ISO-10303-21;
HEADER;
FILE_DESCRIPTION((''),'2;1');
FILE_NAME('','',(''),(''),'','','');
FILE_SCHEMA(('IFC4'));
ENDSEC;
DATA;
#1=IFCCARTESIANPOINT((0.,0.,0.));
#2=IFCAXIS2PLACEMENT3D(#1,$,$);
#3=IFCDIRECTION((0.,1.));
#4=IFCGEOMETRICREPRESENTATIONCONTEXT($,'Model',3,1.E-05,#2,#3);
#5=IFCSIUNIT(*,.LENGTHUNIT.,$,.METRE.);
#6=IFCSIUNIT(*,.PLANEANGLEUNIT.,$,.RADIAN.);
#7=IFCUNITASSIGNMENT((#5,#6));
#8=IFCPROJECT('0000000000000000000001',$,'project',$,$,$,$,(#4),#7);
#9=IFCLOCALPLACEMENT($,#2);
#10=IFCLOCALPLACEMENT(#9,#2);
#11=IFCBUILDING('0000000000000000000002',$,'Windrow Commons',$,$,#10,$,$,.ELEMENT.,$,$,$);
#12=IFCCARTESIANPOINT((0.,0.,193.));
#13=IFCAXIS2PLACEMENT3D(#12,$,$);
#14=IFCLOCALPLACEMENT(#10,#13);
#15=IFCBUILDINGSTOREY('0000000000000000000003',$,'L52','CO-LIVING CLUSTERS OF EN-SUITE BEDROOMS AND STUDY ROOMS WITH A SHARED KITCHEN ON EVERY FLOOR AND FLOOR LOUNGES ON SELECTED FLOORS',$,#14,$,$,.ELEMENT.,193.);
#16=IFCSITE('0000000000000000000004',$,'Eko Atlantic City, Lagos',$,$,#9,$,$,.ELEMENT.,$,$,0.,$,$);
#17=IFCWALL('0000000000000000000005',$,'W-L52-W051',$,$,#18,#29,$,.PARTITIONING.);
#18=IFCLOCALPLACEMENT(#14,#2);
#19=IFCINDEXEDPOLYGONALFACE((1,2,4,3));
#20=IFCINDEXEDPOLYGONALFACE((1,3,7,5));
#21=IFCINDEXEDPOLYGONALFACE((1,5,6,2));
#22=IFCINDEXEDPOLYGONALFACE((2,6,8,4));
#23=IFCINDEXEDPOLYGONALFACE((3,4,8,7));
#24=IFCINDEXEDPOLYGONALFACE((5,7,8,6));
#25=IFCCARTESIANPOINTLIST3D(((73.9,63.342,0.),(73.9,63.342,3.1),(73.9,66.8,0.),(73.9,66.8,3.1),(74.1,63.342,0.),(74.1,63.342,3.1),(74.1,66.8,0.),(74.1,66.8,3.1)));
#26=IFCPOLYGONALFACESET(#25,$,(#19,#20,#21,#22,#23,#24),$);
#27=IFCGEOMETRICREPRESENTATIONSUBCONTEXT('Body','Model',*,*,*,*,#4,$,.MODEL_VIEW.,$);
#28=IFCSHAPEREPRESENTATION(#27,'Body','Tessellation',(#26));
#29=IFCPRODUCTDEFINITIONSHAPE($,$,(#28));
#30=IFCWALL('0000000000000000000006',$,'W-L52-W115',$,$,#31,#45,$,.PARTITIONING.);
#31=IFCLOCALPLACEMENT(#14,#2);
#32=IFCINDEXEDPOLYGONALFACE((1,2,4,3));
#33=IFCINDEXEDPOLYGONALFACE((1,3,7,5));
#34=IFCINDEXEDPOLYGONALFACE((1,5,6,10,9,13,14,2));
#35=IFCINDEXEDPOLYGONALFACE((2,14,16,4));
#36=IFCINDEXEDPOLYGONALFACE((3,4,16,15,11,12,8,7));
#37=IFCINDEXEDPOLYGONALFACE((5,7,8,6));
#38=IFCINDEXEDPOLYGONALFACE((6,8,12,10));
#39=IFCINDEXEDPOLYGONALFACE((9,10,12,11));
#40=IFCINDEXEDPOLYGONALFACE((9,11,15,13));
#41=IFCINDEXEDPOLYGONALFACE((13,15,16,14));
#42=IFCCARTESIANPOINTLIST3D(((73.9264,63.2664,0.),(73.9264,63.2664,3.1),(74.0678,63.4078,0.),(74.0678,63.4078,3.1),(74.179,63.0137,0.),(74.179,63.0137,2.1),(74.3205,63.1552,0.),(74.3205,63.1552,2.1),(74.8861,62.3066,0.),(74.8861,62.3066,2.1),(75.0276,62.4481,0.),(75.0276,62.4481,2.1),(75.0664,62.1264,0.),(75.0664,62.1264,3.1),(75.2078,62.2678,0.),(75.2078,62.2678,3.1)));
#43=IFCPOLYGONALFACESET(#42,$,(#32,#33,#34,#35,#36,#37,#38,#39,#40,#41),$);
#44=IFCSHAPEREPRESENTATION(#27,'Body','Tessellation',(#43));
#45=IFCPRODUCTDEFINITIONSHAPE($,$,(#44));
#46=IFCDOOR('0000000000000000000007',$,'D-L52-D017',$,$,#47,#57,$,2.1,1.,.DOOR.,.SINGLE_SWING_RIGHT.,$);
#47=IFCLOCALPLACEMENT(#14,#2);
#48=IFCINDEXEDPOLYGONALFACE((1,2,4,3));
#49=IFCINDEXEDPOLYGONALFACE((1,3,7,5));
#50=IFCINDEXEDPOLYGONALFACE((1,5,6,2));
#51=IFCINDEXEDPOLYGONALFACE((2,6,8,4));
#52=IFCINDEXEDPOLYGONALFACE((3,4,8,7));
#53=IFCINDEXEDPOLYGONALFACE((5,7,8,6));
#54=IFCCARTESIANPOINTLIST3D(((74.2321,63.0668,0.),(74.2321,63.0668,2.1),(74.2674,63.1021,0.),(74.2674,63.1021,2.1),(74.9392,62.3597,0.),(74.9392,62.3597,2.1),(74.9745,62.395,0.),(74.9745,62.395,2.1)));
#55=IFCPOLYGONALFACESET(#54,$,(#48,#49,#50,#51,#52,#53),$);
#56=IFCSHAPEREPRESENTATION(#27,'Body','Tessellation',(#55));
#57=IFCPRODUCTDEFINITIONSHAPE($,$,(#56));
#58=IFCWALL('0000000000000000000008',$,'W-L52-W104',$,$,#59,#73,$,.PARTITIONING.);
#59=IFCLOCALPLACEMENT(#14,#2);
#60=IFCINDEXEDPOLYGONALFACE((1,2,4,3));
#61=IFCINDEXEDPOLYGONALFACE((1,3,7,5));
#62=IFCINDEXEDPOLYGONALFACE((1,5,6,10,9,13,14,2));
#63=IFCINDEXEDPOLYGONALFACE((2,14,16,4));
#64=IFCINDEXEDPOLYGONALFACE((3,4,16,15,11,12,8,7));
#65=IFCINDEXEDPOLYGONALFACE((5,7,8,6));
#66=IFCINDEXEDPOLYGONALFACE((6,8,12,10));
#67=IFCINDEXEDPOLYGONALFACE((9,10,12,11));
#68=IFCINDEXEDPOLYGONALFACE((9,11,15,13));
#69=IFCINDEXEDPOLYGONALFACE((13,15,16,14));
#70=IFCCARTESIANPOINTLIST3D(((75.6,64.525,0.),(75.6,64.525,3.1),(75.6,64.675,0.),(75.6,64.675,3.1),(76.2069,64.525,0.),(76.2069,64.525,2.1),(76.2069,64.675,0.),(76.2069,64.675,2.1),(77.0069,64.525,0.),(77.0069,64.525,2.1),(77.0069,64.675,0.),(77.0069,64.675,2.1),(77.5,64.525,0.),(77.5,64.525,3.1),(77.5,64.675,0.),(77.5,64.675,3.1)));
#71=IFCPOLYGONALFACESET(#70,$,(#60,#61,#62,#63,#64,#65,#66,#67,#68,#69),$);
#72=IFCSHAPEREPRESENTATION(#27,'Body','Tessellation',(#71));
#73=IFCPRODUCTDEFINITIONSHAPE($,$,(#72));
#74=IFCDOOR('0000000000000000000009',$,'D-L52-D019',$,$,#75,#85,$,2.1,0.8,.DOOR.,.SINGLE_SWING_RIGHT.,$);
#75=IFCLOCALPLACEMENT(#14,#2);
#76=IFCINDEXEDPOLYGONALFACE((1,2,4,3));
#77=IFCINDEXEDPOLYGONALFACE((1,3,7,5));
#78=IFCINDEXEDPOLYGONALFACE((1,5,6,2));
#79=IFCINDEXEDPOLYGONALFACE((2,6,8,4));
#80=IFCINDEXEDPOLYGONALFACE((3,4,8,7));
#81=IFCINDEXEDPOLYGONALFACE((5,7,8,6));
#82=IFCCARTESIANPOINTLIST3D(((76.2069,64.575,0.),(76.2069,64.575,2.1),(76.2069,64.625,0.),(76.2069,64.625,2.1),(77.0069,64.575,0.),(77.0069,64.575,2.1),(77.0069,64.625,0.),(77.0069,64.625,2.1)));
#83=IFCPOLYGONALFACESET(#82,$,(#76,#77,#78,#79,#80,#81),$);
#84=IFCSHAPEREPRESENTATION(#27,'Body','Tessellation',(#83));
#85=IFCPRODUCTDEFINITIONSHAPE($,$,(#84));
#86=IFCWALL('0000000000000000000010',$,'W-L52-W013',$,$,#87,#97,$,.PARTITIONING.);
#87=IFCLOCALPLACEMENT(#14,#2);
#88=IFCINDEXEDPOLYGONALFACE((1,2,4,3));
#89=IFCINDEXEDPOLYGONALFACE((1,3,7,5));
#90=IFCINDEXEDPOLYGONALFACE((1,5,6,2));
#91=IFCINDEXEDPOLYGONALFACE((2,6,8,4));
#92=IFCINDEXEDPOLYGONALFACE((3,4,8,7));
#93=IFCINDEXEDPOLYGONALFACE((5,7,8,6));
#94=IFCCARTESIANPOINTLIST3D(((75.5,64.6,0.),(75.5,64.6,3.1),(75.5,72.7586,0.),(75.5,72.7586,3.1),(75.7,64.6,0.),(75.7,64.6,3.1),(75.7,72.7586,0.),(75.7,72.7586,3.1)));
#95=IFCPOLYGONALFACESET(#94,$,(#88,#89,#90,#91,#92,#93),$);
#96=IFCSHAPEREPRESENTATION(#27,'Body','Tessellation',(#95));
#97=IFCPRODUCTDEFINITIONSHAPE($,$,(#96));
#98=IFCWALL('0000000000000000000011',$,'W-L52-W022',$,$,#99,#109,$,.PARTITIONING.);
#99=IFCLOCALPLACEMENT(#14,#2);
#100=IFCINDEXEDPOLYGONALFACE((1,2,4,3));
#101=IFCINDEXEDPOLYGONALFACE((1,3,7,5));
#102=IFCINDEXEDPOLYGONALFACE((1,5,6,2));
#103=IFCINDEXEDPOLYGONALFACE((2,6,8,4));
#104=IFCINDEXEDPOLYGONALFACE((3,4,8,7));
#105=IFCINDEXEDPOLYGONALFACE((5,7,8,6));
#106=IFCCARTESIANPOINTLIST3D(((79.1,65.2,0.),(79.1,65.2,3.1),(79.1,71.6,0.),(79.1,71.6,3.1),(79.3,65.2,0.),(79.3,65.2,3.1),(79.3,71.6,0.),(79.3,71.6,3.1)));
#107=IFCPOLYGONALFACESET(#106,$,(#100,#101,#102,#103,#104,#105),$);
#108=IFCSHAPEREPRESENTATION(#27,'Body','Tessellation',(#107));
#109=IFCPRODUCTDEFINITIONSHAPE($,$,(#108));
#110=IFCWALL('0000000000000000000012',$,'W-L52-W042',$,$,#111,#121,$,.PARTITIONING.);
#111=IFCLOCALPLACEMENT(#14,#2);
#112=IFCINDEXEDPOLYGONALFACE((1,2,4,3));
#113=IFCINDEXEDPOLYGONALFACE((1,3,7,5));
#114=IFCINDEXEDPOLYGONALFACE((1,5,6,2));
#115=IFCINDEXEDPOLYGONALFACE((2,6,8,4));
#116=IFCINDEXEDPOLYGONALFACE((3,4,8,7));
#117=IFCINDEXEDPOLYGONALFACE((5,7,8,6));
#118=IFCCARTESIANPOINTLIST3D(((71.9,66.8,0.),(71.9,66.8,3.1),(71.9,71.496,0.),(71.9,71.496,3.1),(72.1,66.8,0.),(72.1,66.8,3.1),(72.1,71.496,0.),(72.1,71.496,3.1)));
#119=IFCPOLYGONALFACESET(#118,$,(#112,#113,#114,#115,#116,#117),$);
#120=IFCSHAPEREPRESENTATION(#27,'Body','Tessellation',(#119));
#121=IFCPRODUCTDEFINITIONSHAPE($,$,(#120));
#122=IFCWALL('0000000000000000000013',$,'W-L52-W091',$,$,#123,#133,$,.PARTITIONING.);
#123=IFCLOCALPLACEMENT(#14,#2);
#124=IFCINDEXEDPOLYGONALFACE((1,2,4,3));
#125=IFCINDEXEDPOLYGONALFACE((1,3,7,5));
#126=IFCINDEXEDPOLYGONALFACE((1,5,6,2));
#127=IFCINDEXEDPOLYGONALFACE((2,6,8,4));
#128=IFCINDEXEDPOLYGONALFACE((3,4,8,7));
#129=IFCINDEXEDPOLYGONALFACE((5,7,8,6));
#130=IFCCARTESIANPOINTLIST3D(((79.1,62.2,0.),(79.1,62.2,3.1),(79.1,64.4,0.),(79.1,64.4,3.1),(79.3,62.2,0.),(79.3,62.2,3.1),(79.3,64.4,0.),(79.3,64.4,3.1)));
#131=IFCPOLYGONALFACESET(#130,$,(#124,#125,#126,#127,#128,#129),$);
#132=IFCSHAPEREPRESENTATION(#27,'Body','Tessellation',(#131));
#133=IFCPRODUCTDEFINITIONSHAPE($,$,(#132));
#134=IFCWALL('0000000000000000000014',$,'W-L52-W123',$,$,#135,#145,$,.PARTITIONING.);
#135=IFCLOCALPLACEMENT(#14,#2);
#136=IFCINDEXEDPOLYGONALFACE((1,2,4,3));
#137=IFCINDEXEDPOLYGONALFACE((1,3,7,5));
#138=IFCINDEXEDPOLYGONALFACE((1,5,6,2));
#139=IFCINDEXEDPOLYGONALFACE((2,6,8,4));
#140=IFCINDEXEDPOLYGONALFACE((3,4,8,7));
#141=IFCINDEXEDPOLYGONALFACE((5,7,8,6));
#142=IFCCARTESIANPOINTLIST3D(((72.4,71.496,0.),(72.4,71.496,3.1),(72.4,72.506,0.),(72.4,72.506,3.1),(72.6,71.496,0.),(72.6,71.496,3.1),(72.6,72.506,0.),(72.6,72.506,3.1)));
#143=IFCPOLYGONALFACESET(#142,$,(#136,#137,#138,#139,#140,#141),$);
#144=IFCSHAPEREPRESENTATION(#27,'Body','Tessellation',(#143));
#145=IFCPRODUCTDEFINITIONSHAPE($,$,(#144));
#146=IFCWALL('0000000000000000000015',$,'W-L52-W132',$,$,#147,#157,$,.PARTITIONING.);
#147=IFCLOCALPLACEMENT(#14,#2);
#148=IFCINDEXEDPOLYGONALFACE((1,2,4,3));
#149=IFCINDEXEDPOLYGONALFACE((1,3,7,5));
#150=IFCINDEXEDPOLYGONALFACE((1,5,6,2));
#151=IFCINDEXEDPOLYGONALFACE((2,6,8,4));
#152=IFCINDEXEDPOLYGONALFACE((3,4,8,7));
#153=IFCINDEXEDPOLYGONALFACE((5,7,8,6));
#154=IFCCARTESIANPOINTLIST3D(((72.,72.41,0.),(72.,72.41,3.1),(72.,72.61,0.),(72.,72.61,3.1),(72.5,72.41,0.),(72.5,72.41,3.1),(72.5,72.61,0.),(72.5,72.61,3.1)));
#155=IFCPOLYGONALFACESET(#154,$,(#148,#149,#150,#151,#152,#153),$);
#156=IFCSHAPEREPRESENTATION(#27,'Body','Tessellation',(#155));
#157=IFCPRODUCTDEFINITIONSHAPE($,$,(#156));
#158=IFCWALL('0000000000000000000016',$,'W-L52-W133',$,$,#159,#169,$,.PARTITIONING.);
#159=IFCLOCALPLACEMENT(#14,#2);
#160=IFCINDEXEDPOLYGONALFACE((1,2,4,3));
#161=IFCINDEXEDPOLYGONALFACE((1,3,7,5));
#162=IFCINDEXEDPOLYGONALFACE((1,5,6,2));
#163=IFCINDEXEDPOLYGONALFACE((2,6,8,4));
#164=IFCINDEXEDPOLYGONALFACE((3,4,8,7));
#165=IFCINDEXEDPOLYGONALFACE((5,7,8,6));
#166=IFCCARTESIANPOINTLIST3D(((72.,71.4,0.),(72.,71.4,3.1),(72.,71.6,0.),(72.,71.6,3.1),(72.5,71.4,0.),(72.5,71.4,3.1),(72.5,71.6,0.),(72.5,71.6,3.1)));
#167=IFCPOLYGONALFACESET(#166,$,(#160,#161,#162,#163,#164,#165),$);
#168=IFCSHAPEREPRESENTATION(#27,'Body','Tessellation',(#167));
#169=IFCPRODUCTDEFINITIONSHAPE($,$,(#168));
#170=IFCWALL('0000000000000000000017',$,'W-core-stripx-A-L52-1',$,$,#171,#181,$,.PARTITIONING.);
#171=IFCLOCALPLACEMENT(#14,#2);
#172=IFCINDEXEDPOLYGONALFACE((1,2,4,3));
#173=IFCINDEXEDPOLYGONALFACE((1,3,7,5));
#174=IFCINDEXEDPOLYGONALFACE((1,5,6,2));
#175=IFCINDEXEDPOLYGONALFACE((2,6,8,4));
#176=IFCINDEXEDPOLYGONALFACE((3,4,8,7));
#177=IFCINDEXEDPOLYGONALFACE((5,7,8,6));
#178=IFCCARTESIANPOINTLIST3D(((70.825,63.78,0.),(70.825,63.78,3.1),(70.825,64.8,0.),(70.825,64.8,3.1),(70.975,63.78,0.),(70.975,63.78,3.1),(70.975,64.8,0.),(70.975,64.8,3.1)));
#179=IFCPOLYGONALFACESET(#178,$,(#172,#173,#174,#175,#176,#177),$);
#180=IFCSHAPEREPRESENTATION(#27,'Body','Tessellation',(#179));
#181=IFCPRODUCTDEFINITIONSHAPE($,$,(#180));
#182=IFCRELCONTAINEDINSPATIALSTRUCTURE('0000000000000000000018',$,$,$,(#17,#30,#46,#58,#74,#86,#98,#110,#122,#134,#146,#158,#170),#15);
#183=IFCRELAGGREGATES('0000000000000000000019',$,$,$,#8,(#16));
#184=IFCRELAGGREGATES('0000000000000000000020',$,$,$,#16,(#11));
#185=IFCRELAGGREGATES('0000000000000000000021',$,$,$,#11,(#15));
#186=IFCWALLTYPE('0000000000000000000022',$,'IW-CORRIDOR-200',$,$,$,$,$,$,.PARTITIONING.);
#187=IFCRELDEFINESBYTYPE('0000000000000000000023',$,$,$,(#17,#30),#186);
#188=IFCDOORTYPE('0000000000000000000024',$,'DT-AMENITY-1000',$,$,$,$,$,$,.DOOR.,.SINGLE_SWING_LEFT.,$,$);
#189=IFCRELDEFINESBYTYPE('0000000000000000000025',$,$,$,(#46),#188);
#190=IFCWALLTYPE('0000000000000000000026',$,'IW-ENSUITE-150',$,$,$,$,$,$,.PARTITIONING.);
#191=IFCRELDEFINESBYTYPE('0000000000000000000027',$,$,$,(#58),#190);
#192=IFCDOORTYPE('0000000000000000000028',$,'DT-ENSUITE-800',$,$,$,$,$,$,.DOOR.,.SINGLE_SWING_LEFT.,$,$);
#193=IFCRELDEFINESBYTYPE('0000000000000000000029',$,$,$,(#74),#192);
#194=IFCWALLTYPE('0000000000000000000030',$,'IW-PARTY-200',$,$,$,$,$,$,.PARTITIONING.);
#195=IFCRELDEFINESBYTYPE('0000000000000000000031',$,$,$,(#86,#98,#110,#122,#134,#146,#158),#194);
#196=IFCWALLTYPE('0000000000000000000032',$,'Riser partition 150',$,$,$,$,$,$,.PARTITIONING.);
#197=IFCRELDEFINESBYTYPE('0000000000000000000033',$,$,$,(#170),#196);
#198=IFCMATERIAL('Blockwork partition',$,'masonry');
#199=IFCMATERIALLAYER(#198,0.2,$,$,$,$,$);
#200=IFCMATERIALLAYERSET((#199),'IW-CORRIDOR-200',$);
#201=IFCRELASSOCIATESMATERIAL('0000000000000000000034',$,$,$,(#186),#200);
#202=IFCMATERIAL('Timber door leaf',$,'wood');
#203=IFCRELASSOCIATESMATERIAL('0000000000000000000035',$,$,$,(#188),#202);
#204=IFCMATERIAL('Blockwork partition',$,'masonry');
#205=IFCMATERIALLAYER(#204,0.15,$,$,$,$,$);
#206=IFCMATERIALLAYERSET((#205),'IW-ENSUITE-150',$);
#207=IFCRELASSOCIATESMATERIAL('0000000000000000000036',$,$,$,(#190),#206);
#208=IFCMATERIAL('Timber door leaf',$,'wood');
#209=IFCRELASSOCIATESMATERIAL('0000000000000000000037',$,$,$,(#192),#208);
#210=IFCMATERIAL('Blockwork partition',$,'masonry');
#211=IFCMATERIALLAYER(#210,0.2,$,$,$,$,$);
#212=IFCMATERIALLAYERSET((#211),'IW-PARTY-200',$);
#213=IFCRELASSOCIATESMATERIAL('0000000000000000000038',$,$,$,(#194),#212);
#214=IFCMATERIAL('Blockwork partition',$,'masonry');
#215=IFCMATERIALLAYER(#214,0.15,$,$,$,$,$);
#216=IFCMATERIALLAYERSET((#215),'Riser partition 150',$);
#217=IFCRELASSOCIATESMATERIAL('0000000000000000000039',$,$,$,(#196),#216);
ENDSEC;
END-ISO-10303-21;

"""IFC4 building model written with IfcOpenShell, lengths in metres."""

from ifc_helpers import new_model, si_unit, direction, frame, frame_2d, origin, place, context, subcontext, project, spatial, rectangle, extrude, material, layer, layer_set, type_object, element, fill, save


model = new_model("IFC4")

# Units and contexts
model_context = context("Model", 3, precision=1e-05, world=origin(), true_north=direction((0.0, 1.0)))
body_context = subcontext(model_context, "Body", "Model", "MODEL_VIEW")
ifc_project = project(units=[si_unit("LENGTHUNIT", "METRE"), si_unit("PLANEANGLEUNIT", "RADIAN")], contexts=[model_context])

# Site, building, storey
site_placement = place(None, origin())
site = spatial("IfcSite", under=ifc_project, at=site_placement, Name="Eko Atlantic City, Lagos", CompositionType="ELEMENT", RefElevation=0.0)
building_placement = place(site_placement, origin())
building = spatial("IfcBuilding", under=site, at=building_placement, Name="Windrow Commons", CompositionType="ELEMENT")
storey_placement = place(building_placement, frame((0.0, 0.0, 193.0)))
storey = spatial("IfcBuildingStorey", under=building, at=storey_placement, Name="L52", Description="CO-LIVING CLUSTERS OF EN-SUITE BEDROOMS AND STUDY ROOMS WITH A SHARED KITCHEN ON EVERY FLOOR AND FLOOR LOUNGES ON SELECTED FLOORS", CompositionType="ELEMENT", Elevation=193.0)

# Wall
ifc_material_1 = material(Name="Blockwork partition", Category="masonry")
ifc_layer_1 = layer(ifc_material_1, 0.2)
ifc_layer_set_1 = layer_set([ifc_layer_1], Name="IW-CORRIDOR-200")
wall_type_1 = type_object("IfcWallType", Name="IW-CORRIDOR-200", PredefinedType="PARTITIONING", material=ifc_layer_set_1)
wall_1_placement = place(storey_placement, frame((74.0, 63.342, 0.0), z_axis=(0.0, 0.0, 1.0), x_axis=(0.0, 1.0, 0.0)))
element("IfcWall", 1, at=wall_1_placement, inside=storey, type_object=wall_type_1, Name="W-L52-W051", PredefinedType="PARTITIONING", context=body_context, shape_type="SweptSolid", body=[
    extrude(rectangle(XDim=3.458, YDim=0.2, at=frame_2d((1.729, 0.0))), origin(), (0.0, 0.0, 1.0), 3.1),
])

# Walls, openings, doors
wall_2_placement = place(storey_placement, frame((73.9971, 63.3371, 0.0), z_axis=(0.0, 0.0, 1.0), x_axis=(0.707107, -0.707107, 0.0)))
wall_2 = element("IfcWall", 2, at=wall_2_placement, inside=storey, type_object=wall_type_1, Name="W-L52-W115", PredefinedType="PARTITIONING", context=body_context, shape_type="SweptSolid", body=[
    extrude(rectangle(XDim=1.6122, YDim=0.2, at=frame_2d((0.8061, 0.0))), origin(), (0.0, 0.0, 1.0), 3.1),
])
opening_1_placement = place(wall_2_placement, frame((0.3573, 0.0, 0.0)))
opening_1 = element("IfcOpeningElement", 3, at=opening_1_placement, cuts=wall_2, PredefinedType="OPENING", context=body_context, shape_type="SweptSolid", body=[
    extrude(rectangle(XDim=1.0, YDim=2.1, at=frame_2d((0.5, 1.05))), frame((0.0, 0.11, 0.0), z_axis=(0.0, -1.0, 0.0), x_axis=(1.0, 0.0, 0.0)), (0.0, 0.0, 1.0), 0.22),
])
ifc_material_2 = material(Name="Timber door leaf", Category="wood")
door_type_1 = type_object("IfcDoorType", Name="DT-AMENITY-1000", OperationType="SINGLE_SWING_LEFT", PredefinedType="DOOR", material=ifc_material_2)
door_1_placement = place(opening_1_placement, origin())
door_1 = element("IfcDoor", 4, at=door_1_placement, inside=storey, type_object=door_type_1, Name="D-L52-D017", OperationType="SINGLE_SWING_RIGHT", OverallHeight=2.1, OverallWidth=1.0, PredefinedType="DOOR", context=body_context, shape_type="SweptSolid", body=[
    extrude(rectangle(XDim=1.0, YDim=2.1, at=frame_2d((0.5, 1.05))), frame((0.0, 0.025, 0.0), z_axis=(0.0, -1.0, 0.0), x_axis=(1.0, 0.0, 0.0)), (0.0, 0.0, 1.0), 0.05),
])
fill(opening_1, door_1)
ifc_material_3 = material(Name="Blockwork partition", Category="masonry")
ifc_layer_2 = layer(ifc_material_3, 0.15)
ifc_layer_set_2 = layer_set([ifc_layer_2], Name="IW-ENSUITE-150")
wall_type_2 = type_object("IfcWallType", Name="IW-ENSUITE-150", PredefinedType="PARTITIONING", material=ifc_layer_set_2)
wall_3_placement = place(storey_placement, frame((75.6, 64.6, 0.0), z_axis=(0.0, 0.0, 1.0), x_axis=(1.0, 0.0, 0.0)))
wall_3 = element("IfcWall", 5, at=wall_3_placement, inside=storey, type_object=wall_type_2, Name="W-L52-W104", PredefinedType="PARTITIONING", context=body_context, shape_type="SweptSolid", body=[
    extrude(rectangle(XDim=1.9, YDim=0.15, at=frame_2d((0.95, 0.0))), origin(), (0.0, 0.0, 1.0), 3.1),
])
opening_2_placement = place(wall_3_placement, frame((0.6069, 0.0, 0.0)))
opening_2 = element("IfcOpeningElement", 6, at=opening_2_placement, cuts=wall_3, PredefinedType="OPENING", context=body_context, shape_type="SweptSolid", body=[
    extrude(rectangle(XDim=0.8, YDim=2.1, at=frame_2d((0.4, 1.05))), frame((0.0, 0.085, 0.0), z_axis=(0.0, -1.0, 0.0), x_axis=(1.0, 0.0, 0.0)), (0.0, 0.0, 1.0), 0.17),
])
ifc_material_4 = material(Name="Timber door leaf", Category="wood")
door_type_2 = type_object("IfcDoorType", Name="DT-ENSUITE-800", OperationType="SINGLE_SWING_LEFT", PredefinedType="DOOR", material=ifc_material_4)
door_2_placement = place(opening_2_placement, origin())
door_2 = element("IfcDoor", 7, at=door_2_placement, inside=storey, type_object=door_type_2, Name="D-L52-D019", OperationType="SINGLE_SWING_RIGHT", OverallHeight=2.1, OverallWidth=0.8, PredefinedType="DOOR", context=body_context, shape_type="SweptSolid", body=[
    extrude(rectangle(XDim=0.8, YDim=2.1, at=frame_2d((0.4, 1.05))), frame((0.0, 0.025, 0.0), z_axis=(0.0, -1.0, 0.0), x_axis=(1.0, 0.0, 0.0)), (0.0, 0.0, 1.0), 0.05),
])
fill(opening_2, door_2)

# Walls
ifc_material_5 = material(Name="Blockwork partition", Category="masonry")
ifc_layer_3 = layer(ifc_material_5, 0.2)
ifc_layer_set_3 = layer_set([ifc_layer_3], Name="IW-PARTY-200")
wall_type_3 = type_object("IfcWallType", Name="IW-PARTY-200", PredefinedType="PARTITIONING", material=ifc_layer_set_3)
wall_4_placement = place(storey_placement, frame((75.6, 64.6, 0.0), z_axis=(0.0, 0.0, 1.0), x_axis=(0.0, 1.0, 0.0)))
element("IfcWall", 8, at=wall_4_placement, inside=storey, type_object=wall_type_3, Name="W-L52-W013", PredefinedType="PARTITIONING", context=body_context, shape_type="SweptSolid", body=[
    extrude(rectangle(XDim=8.1586, YDim=0.2, at=frame_2d((4.0793, 0.0))), origin(), (0.0, 0.0, 1.0), 3.1),
])
wall_5_placement = place(storey_placement, frame((79.2, 65.2, 0.0), z_axis=(0.0, 0.0, 1.0), x_axis=(0.0, 1.0, 0.0)))
element("IfcWall", 9, at=wall_5_placement, inside=storey, type_object=wall_type_3, Name="W-L52-W022", PredefinedType="PARTITIONING", context=body_context, shape_type="SweptSolid", body=[
    extrude(rectangle(XDim=6.4, YDim=0.2, at=frame_2d((3.2, 0.0))), origin(), (0.0, 0.0, 1.0), 3.1),
])
wall_6_placement = place(storey_placement, frame((72.0, 66.8, 0.0), z_axis=(0.0, 0.0, 1.0), x_axis=(0.0, 1.0, 0.0)))
element("IfcWall", 10, at=wall_6_placement, inside=storey, type_object=wall_type_3, Name="W-L52-W042", PredefinedType="PARTITIONING", context=body_context, shape_type="SweptSolid", body=[
    extrude(rectangle(XDim=4.696, YDim=0.2, at=frame_2d((2.348, 0.0))), origin(), (0.0, 0.0, 1.0), 3.1),
])
wall_7_placement = place(storey_placement, frame((79.2, 62.2, 0.0), z_axis=(0.0, 0.0, 1.0), x_axis=(0.0, 1.0, 0.0)))
element("IfcWall", 11, at=wall_7_placement, inside=storey, type_object=wall_type_3, Name="W-L52-W091", PredefinedType="PARTITIONING", context=body_context, shape_type="SweptSolid", body=[
    extrude(rectangle(XDim=2.2, YDim=0.2, at=frame_2d((1.1, 0.0))), origin(), (0.0, 0.0, 1.0), 3.1),
])
wall_8_placement = place(storey_placement, frame((72.5, 71.496, 0.0), z_axis=(0.0, 0.0, 1.0), x_axis=(0.0, 1.0, 0.0)))
element("IfcWall", 12, at=wall_8_placement, inside=storey, type_object=wall_type_3, Name="W-L52-W123", PredefinedType="PARTITIONING", context=body_context, shape_type="SweptSolid", body=[
    extrude(rectangle(XDim=1.01, YDim=0.2, at=frame_2d((0.505, 0.0))), origin(), (0.0, 0.0, 1.0), 3.1),
])
for number, where, z_axis, x_axis, name in (
    (13, (72.0, 72.51, 0.0), (0.0, 0.0, 1.0), (1.0, 0.0, 0.0), "W-L52-W132"),
    (14, (72.0, 71.5, 0.0), (0.0, 0.0, 1.0), (1.0, 0.0, 0.0), "W-L52-W133"),
):
    element("IfcWall", number, at=place(storey_placement, frame(where, z_axis=z_axis, x_axis=x_axis)), inside=storey, type_object=wall_type_3, Name=name, PredefinedType="PARTITIONING", context=body_context, shape_type="SweptSolid", body=[
        extrude(rectangle(XDim=0.5, YDim=0.2, at=frame_2d((0.25, 0.0))), origin(), (0.0, 0.0, 1.0), 3.1),
    ])
ifc_material_6 = material(Name="Blockwork partition", Category="masonry")
ifc_layer_4 = layer(ifc_material_6, 0.15)
ifc_layer_set_4 = layer_set([ifc_layer_4], Name="Riser partition 150")
wall_type_4 = type_object("IfcWallType", Name="Riser partition 150", PredefinedType="PARTITIONING", material=ifc_layer_set_4)
wall_9_placement = place(storey_placement, frame((70.9, 63.78, 0.0), z_axis=(0.0, 0.0, 1.0), x_axis=(0.0, 1.0, 0.0)))
element("IfcWall", 15, at=wall_9_placement, inside=storey, type_object=wall_type_4, Name="W-core-stripx-A-L52-1", PredefinedType="PARTITIONING", context=body_context, shape_type="SweptSolid", body=[
    extrude(rectangle(XDim=1.02, YDim=0.15, at=frame_2d((0.51, 0.0))), origin(), (0.0, 0.0, 1.0), 3.1),
])

save(model, "model.ifc")
